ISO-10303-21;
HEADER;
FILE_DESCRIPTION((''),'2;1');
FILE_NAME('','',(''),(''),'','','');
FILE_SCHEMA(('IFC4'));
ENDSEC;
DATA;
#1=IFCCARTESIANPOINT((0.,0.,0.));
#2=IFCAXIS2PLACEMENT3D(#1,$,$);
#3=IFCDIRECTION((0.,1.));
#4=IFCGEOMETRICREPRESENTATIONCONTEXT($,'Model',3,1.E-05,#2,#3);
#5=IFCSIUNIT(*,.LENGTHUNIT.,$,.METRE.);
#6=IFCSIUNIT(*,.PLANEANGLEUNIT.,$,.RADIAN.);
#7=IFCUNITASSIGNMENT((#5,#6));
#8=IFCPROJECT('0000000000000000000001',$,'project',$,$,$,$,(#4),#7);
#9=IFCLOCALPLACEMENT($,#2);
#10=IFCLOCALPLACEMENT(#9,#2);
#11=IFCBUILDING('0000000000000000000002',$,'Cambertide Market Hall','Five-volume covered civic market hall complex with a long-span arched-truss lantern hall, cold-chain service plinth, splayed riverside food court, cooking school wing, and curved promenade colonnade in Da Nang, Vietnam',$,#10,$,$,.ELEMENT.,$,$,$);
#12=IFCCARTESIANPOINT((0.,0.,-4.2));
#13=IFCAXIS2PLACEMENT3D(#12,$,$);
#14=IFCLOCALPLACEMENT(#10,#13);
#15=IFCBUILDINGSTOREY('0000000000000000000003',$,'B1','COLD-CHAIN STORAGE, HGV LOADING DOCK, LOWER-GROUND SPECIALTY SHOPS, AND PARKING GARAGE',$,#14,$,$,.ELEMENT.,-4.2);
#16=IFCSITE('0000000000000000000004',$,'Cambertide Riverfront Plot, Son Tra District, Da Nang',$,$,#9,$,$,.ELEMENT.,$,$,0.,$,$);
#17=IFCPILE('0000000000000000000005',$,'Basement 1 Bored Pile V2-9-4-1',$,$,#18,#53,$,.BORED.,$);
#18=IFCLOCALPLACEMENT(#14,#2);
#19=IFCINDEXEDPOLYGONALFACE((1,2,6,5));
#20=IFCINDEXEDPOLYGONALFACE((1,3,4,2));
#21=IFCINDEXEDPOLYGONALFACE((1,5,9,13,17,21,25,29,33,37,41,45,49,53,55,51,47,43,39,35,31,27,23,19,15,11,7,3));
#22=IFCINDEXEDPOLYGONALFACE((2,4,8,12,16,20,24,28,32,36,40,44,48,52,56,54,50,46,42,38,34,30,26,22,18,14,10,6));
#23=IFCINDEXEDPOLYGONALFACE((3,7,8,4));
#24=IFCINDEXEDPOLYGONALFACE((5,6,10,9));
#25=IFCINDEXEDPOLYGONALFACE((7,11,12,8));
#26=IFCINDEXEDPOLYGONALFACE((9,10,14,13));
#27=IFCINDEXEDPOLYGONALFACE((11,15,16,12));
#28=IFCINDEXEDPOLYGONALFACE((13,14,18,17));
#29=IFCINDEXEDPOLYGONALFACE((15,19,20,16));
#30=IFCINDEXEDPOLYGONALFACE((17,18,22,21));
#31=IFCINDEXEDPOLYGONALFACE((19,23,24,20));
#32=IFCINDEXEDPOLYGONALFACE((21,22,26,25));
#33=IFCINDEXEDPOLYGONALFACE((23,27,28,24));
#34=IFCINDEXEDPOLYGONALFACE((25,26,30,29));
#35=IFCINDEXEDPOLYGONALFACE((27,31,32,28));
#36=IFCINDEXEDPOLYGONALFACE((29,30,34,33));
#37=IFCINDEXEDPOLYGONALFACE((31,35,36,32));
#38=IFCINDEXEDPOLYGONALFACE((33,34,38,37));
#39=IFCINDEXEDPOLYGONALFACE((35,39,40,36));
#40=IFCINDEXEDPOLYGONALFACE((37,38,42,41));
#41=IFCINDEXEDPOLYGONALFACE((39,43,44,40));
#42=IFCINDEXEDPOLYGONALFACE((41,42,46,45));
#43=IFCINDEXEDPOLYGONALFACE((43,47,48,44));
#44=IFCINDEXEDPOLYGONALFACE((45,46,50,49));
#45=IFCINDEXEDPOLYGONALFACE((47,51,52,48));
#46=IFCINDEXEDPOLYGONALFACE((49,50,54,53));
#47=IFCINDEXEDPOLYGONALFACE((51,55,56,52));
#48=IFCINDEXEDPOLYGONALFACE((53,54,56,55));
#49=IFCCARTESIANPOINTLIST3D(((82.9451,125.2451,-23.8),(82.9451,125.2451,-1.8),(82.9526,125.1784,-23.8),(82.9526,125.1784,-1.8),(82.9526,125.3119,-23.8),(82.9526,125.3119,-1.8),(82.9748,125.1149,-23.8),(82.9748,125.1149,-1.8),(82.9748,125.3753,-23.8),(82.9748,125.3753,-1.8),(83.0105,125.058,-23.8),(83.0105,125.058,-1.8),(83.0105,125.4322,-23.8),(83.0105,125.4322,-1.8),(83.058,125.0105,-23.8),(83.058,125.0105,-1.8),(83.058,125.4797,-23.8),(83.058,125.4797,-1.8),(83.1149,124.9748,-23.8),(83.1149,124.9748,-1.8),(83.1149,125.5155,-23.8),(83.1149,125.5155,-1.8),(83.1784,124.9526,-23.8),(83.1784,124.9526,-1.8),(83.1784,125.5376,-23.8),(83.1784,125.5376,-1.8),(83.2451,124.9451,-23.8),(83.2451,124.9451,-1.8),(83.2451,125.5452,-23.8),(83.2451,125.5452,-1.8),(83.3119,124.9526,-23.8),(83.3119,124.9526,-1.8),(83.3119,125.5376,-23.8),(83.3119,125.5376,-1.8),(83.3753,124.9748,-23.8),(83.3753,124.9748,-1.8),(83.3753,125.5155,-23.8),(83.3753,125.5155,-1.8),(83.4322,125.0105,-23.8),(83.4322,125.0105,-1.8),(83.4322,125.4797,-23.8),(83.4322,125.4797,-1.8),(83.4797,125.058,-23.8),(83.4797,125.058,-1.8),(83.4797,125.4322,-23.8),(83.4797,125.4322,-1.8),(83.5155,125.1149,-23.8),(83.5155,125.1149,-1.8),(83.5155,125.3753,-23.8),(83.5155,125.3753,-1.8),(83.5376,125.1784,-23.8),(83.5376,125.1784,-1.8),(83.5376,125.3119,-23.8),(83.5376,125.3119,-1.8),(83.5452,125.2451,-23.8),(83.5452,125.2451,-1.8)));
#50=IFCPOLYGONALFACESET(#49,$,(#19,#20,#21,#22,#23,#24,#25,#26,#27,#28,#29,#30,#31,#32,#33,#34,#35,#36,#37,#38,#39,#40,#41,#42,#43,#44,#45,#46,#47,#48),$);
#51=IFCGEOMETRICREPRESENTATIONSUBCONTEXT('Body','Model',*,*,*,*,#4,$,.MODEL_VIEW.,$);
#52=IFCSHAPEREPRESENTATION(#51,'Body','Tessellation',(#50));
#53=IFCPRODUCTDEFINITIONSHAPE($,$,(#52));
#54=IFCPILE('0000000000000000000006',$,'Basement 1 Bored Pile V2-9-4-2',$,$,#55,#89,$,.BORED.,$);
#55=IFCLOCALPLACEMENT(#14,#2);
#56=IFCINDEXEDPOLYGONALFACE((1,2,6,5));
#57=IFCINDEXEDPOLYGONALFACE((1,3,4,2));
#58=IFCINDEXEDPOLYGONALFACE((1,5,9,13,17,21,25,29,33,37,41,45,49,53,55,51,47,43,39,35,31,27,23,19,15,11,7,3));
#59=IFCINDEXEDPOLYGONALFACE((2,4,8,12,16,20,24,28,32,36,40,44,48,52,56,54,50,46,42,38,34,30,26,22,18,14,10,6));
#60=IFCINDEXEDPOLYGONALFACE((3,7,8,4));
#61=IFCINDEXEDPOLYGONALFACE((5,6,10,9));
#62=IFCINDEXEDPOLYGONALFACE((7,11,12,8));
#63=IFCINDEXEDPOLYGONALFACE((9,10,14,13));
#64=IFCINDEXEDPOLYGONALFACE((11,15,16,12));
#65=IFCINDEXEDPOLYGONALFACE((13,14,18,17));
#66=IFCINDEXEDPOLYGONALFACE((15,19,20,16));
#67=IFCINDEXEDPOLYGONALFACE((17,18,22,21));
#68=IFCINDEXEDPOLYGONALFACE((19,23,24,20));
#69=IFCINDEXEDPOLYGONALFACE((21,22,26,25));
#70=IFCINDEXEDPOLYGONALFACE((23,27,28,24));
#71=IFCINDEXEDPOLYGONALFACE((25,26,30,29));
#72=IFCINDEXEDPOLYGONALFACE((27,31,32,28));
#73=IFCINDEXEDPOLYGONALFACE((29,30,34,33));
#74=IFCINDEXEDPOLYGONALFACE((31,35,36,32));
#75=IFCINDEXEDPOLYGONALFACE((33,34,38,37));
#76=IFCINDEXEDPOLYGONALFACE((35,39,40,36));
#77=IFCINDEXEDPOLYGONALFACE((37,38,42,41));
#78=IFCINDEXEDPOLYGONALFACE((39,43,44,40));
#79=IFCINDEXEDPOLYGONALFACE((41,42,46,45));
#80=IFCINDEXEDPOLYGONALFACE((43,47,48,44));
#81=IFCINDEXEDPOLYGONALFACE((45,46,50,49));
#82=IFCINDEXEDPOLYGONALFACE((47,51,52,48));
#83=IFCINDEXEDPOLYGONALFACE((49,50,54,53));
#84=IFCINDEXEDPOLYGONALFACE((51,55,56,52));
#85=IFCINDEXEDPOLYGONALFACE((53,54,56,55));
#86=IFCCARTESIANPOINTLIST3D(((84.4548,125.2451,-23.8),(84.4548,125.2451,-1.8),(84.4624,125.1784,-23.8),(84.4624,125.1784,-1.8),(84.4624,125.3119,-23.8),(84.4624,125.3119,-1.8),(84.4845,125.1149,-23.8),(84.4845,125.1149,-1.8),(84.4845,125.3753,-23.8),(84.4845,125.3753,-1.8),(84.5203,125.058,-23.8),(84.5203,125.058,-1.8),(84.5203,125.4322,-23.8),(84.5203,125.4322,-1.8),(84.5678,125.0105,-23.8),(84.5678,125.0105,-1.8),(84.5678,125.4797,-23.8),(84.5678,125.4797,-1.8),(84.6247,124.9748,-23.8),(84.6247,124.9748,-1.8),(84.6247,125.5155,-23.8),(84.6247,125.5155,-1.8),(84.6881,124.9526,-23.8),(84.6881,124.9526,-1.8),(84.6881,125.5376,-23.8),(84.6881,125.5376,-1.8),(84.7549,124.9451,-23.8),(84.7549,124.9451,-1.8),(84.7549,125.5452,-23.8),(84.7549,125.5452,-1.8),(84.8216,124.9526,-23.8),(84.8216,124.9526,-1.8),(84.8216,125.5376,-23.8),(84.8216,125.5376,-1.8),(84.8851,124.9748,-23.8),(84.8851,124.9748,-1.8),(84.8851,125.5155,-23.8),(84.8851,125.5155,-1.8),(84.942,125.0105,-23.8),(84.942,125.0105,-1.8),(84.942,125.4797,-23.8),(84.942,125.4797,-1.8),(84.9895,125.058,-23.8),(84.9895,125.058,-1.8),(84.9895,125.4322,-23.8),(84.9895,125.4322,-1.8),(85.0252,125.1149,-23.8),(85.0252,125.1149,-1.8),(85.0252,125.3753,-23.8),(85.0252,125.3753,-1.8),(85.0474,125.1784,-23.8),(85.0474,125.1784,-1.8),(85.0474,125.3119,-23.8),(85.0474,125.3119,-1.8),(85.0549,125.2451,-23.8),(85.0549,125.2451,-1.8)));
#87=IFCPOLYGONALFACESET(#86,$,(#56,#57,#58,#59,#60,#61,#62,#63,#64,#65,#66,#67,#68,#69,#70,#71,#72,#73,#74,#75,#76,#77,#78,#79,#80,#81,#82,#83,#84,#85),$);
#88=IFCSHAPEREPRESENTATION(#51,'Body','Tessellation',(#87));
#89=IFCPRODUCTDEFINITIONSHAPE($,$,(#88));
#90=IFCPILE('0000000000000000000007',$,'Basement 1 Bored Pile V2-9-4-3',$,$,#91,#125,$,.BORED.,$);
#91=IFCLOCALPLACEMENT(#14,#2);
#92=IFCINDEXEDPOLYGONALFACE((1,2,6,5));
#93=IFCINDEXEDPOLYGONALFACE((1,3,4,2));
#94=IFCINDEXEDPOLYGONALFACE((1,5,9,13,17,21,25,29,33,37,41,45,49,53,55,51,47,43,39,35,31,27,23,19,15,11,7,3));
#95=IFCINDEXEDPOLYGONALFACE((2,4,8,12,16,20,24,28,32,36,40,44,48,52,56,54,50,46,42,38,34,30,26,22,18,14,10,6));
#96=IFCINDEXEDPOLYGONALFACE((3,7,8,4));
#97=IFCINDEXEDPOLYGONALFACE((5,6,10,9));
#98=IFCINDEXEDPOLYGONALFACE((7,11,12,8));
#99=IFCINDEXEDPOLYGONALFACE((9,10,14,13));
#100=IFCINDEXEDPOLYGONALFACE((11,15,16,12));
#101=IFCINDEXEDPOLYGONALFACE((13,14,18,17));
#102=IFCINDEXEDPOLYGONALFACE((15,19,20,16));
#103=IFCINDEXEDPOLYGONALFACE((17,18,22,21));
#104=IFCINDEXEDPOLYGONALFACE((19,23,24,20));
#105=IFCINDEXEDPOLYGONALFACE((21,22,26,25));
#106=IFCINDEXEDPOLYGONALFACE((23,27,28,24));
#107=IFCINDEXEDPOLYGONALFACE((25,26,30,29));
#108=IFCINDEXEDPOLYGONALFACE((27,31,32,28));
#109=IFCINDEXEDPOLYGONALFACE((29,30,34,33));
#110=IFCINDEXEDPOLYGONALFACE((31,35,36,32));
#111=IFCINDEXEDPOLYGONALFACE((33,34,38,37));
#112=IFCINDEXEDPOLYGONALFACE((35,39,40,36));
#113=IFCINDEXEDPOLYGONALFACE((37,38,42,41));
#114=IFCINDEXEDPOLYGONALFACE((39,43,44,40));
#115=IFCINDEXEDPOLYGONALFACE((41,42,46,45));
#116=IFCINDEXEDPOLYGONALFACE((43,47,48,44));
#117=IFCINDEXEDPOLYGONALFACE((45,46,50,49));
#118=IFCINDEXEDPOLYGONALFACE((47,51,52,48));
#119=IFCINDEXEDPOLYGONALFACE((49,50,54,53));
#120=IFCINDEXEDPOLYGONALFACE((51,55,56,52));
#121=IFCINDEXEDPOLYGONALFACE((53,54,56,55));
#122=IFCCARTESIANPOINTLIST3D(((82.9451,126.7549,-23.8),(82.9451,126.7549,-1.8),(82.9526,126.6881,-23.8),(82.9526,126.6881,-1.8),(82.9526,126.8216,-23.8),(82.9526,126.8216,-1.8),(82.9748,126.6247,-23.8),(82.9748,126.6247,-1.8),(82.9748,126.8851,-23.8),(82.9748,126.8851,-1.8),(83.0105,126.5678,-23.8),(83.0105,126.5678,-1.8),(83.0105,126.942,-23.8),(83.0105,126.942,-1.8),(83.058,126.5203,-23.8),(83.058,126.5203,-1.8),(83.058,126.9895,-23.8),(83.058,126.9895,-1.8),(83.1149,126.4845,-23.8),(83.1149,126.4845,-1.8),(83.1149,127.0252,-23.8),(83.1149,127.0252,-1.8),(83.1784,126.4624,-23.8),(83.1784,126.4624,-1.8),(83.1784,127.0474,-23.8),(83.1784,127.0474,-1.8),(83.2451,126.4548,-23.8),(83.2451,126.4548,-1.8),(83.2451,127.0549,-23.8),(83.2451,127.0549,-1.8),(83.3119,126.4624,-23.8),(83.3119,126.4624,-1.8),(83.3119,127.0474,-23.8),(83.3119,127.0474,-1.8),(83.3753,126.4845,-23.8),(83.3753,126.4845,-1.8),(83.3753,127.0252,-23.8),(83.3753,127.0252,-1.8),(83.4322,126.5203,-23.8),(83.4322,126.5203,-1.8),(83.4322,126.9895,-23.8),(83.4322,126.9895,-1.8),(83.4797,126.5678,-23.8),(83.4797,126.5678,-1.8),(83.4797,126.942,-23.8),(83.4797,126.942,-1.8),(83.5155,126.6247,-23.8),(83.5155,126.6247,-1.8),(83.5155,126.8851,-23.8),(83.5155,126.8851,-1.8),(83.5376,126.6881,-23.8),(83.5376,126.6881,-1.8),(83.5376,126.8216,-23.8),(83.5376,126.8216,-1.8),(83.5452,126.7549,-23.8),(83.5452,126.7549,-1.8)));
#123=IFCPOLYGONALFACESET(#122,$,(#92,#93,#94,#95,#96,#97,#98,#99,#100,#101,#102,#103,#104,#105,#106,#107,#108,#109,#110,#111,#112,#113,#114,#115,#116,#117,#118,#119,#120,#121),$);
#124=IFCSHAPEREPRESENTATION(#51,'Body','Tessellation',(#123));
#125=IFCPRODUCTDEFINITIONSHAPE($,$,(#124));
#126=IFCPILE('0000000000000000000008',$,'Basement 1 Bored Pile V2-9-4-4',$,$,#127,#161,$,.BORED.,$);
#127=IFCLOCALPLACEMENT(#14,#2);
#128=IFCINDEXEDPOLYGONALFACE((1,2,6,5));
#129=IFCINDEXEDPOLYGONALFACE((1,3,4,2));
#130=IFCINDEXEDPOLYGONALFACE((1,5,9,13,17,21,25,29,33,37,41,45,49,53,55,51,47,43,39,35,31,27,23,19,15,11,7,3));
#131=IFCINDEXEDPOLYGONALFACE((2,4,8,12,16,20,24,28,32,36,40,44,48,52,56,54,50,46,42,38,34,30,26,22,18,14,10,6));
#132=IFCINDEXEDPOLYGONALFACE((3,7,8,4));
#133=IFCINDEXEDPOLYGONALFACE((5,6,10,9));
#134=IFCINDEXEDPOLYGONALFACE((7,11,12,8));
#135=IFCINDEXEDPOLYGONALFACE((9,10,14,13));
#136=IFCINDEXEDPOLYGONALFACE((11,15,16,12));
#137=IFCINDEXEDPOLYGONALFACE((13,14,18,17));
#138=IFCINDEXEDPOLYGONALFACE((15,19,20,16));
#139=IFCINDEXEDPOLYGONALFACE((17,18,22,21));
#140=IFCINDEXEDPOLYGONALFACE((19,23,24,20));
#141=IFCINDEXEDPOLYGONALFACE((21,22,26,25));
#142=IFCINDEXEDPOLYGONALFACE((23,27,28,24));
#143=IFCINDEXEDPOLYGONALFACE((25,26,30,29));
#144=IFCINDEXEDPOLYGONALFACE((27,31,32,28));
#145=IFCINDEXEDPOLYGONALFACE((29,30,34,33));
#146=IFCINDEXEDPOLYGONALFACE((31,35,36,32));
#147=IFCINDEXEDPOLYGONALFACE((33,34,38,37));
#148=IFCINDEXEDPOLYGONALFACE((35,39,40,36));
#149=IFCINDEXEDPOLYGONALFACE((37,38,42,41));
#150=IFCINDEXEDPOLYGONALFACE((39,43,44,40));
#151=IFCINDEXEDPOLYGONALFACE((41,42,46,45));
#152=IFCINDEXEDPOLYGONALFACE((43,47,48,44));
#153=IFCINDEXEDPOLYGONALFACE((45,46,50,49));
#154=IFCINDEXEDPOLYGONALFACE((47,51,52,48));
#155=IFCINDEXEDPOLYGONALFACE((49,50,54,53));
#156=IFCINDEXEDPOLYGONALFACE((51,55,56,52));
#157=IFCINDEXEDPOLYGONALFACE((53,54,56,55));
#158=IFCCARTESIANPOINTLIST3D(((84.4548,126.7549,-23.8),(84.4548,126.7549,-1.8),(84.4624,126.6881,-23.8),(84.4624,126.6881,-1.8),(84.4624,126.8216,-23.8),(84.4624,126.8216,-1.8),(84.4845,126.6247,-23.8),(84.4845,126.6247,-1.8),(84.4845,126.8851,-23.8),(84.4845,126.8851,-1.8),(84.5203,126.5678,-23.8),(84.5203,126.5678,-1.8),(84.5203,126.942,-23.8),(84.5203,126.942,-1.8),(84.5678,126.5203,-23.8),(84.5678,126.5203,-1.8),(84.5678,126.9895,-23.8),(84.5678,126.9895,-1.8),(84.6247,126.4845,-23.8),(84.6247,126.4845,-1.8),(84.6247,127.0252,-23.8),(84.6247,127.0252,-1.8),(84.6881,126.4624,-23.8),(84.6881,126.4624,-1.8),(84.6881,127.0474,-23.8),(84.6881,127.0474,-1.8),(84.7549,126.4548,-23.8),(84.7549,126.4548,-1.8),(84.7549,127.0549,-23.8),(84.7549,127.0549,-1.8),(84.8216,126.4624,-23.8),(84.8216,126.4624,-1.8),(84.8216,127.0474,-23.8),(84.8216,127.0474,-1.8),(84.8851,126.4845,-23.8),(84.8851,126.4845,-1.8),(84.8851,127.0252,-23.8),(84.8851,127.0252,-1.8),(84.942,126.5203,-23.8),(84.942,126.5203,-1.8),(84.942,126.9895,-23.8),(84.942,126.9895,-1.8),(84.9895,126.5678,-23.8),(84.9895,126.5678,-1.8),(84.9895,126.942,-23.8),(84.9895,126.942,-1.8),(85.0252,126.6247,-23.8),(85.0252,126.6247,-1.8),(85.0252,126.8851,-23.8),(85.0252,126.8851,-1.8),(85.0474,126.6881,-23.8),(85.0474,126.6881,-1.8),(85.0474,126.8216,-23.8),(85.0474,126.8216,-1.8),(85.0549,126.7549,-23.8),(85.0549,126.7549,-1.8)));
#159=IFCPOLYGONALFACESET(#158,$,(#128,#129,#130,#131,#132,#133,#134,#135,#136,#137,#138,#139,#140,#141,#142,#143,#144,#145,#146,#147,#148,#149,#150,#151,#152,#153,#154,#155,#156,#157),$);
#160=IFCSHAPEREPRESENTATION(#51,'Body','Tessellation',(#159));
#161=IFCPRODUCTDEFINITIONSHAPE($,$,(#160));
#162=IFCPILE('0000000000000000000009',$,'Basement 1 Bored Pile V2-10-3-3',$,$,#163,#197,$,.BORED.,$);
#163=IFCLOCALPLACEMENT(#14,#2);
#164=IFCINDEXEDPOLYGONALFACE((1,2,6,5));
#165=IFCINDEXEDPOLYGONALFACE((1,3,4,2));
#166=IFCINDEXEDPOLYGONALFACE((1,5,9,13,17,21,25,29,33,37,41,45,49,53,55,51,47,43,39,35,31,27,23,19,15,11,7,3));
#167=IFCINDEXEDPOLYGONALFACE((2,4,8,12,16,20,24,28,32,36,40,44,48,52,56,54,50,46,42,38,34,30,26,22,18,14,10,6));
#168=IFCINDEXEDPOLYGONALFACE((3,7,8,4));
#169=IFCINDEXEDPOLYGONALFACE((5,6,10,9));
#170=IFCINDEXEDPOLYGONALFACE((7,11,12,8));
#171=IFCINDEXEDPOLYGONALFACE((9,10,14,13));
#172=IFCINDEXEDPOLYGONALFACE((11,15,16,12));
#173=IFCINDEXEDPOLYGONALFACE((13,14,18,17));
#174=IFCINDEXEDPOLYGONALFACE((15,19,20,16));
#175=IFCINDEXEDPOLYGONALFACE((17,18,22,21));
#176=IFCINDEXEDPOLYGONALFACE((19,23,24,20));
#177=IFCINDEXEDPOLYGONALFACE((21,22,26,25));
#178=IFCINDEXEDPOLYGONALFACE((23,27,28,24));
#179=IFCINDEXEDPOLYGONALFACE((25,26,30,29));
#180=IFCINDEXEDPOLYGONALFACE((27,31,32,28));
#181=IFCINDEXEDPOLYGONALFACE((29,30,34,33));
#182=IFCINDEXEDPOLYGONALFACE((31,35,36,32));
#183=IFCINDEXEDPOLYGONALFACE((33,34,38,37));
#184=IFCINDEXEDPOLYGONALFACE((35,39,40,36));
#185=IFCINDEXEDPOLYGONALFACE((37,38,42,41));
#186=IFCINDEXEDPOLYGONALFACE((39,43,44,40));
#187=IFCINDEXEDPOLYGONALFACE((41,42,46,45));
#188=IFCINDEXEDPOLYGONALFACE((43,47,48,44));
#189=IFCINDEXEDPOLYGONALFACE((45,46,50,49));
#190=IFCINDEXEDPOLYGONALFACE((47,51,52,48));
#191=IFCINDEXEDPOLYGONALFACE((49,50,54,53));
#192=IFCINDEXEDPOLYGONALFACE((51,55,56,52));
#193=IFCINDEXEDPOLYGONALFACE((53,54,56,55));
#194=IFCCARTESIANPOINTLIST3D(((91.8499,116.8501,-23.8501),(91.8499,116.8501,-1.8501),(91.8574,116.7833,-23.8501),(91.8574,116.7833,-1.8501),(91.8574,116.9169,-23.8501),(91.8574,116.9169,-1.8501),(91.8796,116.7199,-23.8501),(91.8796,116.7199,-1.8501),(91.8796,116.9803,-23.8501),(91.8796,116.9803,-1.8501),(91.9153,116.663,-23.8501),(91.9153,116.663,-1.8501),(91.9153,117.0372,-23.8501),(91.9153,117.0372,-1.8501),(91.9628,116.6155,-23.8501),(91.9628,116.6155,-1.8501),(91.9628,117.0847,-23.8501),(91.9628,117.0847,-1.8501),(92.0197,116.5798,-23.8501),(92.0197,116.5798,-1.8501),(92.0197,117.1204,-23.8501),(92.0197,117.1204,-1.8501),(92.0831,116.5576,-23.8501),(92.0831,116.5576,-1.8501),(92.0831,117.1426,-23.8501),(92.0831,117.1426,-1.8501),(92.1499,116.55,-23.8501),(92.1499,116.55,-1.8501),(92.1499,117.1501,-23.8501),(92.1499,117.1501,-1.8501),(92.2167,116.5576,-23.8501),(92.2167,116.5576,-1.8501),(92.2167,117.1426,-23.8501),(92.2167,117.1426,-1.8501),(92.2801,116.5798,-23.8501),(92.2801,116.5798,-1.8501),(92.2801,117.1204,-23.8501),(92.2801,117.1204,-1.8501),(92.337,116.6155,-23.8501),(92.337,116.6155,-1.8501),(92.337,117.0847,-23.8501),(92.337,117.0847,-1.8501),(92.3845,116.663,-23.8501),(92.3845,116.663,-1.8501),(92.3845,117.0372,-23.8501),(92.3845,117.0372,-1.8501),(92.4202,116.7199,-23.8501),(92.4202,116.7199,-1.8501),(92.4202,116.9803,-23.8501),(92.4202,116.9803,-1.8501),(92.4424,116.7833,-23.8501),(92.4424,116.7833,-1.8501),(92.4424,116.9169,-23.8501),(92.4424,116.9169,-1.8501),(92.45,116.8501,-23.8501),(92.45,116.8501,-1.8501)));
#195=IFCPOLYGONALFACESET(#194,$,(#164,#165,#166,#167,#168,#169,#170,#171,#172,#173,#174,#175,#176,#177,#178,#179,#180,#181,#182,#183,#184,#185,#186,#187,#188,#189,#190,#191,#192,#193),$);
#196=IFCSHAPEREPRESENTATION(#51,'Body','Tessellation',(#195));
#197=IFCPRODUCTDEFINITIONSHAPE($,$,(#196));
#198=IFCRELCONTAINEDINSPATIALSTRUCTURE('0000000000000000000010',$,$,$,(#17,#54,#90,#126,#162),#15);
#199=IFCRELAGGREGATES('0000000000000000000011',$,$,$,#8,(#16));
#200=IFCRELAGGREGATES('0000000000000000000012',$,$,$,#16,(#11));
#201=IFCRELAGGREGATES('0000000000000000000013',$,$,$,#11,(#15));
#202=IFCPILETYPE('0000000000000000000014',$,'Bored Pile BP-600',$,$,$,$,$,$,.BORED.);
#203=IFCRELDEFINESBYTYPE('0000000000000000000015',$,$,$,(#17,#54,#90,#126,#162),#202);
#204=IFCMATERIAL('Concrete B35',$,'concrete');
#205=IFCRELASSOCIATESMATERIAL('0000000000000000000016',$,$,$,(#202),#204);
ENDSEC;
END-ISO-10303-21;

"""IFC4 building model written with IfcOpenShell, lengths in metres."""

from ifc_helpers import new_model, si_unit, direction, frame, origin, origin_2d, place, context, subcontext, project, spatial, circle, extrude, material, material_profile, profile_set, type_object, element, save


model = new_model("IFC4")

# Units and contexts
model_context = context("Model", 3, precision=1e-05, world=origin(), true_north=direction((0.0, 1.0)))
body_context = subcontext(model_context, "Body", "Model", "MODEL_VIEW")
ifc_project = project(units=[si_unit("LENGTHUNIT", "METRE"), si_unit("PLANEANGLEUNIT", "RADIAN")], contexts=[model_context])

# Site, building, storey
site_placement = place(None, origin())
site = spatial("IfcSite", under=ifc_project, at=site_placement, Name="Cambertide Riverfront Plot, Son Tra District, Da Nang", CompositionType="ELEMENT", RefElevation=0.0)
building_placement = place(site_placement, origin())
building = spatial("IfcBuilding", under=site, at=building_placement, Name="Cambertide Market Hall", Description="Five-volume covered civic market hall complex with a long-span arched-truss lantern hall, cold-chain service plinth, splayed riverside food court, cooking school wing, and curved promenade colonnade in Da Nang, Vietnam", CompositionType="ELEMENT")
storey_placement = place(building_placement, frame((0.0, 0.0, -4.2)))
storey = spatial("IfcBuildingStorey", under=building, at=storey_placement, Name="B1", Description="COLD-CHAIN STORAGE, HGV LOADING DOCK, LOWER-GROUND SPECIALTY SHOPS, AND PARKING GARAGE", CompositionType="ELEMENT", Elevation=-4.2)

# Piles
ifc_material_1 = material(Name="Concrete B35", Category="concrete")
ifc_material_profile_1 = material_profile(ifc_material_1, circle(Radius=0.3, at=origin_2d()), Name="BP D600")
ifc_profile_set_1 = profile_set([ifc_material_profile_1], Name="Concrete B35")
pile_type = type_object("IfcPileType", Name="Bored Pile BP-600", PredefinedType="BORED", material=ifc_profile_set_1)
for number, where, z_axis, x_axis, name in (
    (1, (83.2451, 125.2451, -1.8), (0.0, 0.0, -1.0), (1.0, 0.0, 0.0), "Basement 1 Bored Pile V2-9-4-1"),
    (2, (84.7549, 125.2451, -1.8), (0.0, 0.0, -1.0), (1.0, 0.0, 0.0), "Basement 1 Bored Pile V2-9-4-2"),
    (3, (83.2451, 126.7549, -1.8), (0.0, 0.0, -1.0), (1.0, 0.0, 0.0), "Basement 1 Bored Pile V2-9-4-3"),
    (4, (84.7549, 126.7549, -1.8), (0.0, 0.0, -1.0), (1.0, 0.0, 0.0), "Basement 1 Bored Pile V2-9-4-4"),
    (5, (92.1499, 116.8501, -1.8501), (0.0, 0.0, -1.0), (1.0, 0.0, 0.0), "Basement 1 Bored Pile V2-10-3-3"),
):
    element("IfcPile", number, at=place(storey_placement, frame(where, z_axis=z_axis, x_axis=x_axis)), inside=storey, type_object=pile_type, Name=name, PredefinedType="BORED", context=body_context, shape_type="SweptSolid", body=[
        extrude(circle(Radius=0.3, at=origin_2d()), origin(), (0.0, 0.0, 1.0), 22.0),
    ])

save(model, "model.ifc")
